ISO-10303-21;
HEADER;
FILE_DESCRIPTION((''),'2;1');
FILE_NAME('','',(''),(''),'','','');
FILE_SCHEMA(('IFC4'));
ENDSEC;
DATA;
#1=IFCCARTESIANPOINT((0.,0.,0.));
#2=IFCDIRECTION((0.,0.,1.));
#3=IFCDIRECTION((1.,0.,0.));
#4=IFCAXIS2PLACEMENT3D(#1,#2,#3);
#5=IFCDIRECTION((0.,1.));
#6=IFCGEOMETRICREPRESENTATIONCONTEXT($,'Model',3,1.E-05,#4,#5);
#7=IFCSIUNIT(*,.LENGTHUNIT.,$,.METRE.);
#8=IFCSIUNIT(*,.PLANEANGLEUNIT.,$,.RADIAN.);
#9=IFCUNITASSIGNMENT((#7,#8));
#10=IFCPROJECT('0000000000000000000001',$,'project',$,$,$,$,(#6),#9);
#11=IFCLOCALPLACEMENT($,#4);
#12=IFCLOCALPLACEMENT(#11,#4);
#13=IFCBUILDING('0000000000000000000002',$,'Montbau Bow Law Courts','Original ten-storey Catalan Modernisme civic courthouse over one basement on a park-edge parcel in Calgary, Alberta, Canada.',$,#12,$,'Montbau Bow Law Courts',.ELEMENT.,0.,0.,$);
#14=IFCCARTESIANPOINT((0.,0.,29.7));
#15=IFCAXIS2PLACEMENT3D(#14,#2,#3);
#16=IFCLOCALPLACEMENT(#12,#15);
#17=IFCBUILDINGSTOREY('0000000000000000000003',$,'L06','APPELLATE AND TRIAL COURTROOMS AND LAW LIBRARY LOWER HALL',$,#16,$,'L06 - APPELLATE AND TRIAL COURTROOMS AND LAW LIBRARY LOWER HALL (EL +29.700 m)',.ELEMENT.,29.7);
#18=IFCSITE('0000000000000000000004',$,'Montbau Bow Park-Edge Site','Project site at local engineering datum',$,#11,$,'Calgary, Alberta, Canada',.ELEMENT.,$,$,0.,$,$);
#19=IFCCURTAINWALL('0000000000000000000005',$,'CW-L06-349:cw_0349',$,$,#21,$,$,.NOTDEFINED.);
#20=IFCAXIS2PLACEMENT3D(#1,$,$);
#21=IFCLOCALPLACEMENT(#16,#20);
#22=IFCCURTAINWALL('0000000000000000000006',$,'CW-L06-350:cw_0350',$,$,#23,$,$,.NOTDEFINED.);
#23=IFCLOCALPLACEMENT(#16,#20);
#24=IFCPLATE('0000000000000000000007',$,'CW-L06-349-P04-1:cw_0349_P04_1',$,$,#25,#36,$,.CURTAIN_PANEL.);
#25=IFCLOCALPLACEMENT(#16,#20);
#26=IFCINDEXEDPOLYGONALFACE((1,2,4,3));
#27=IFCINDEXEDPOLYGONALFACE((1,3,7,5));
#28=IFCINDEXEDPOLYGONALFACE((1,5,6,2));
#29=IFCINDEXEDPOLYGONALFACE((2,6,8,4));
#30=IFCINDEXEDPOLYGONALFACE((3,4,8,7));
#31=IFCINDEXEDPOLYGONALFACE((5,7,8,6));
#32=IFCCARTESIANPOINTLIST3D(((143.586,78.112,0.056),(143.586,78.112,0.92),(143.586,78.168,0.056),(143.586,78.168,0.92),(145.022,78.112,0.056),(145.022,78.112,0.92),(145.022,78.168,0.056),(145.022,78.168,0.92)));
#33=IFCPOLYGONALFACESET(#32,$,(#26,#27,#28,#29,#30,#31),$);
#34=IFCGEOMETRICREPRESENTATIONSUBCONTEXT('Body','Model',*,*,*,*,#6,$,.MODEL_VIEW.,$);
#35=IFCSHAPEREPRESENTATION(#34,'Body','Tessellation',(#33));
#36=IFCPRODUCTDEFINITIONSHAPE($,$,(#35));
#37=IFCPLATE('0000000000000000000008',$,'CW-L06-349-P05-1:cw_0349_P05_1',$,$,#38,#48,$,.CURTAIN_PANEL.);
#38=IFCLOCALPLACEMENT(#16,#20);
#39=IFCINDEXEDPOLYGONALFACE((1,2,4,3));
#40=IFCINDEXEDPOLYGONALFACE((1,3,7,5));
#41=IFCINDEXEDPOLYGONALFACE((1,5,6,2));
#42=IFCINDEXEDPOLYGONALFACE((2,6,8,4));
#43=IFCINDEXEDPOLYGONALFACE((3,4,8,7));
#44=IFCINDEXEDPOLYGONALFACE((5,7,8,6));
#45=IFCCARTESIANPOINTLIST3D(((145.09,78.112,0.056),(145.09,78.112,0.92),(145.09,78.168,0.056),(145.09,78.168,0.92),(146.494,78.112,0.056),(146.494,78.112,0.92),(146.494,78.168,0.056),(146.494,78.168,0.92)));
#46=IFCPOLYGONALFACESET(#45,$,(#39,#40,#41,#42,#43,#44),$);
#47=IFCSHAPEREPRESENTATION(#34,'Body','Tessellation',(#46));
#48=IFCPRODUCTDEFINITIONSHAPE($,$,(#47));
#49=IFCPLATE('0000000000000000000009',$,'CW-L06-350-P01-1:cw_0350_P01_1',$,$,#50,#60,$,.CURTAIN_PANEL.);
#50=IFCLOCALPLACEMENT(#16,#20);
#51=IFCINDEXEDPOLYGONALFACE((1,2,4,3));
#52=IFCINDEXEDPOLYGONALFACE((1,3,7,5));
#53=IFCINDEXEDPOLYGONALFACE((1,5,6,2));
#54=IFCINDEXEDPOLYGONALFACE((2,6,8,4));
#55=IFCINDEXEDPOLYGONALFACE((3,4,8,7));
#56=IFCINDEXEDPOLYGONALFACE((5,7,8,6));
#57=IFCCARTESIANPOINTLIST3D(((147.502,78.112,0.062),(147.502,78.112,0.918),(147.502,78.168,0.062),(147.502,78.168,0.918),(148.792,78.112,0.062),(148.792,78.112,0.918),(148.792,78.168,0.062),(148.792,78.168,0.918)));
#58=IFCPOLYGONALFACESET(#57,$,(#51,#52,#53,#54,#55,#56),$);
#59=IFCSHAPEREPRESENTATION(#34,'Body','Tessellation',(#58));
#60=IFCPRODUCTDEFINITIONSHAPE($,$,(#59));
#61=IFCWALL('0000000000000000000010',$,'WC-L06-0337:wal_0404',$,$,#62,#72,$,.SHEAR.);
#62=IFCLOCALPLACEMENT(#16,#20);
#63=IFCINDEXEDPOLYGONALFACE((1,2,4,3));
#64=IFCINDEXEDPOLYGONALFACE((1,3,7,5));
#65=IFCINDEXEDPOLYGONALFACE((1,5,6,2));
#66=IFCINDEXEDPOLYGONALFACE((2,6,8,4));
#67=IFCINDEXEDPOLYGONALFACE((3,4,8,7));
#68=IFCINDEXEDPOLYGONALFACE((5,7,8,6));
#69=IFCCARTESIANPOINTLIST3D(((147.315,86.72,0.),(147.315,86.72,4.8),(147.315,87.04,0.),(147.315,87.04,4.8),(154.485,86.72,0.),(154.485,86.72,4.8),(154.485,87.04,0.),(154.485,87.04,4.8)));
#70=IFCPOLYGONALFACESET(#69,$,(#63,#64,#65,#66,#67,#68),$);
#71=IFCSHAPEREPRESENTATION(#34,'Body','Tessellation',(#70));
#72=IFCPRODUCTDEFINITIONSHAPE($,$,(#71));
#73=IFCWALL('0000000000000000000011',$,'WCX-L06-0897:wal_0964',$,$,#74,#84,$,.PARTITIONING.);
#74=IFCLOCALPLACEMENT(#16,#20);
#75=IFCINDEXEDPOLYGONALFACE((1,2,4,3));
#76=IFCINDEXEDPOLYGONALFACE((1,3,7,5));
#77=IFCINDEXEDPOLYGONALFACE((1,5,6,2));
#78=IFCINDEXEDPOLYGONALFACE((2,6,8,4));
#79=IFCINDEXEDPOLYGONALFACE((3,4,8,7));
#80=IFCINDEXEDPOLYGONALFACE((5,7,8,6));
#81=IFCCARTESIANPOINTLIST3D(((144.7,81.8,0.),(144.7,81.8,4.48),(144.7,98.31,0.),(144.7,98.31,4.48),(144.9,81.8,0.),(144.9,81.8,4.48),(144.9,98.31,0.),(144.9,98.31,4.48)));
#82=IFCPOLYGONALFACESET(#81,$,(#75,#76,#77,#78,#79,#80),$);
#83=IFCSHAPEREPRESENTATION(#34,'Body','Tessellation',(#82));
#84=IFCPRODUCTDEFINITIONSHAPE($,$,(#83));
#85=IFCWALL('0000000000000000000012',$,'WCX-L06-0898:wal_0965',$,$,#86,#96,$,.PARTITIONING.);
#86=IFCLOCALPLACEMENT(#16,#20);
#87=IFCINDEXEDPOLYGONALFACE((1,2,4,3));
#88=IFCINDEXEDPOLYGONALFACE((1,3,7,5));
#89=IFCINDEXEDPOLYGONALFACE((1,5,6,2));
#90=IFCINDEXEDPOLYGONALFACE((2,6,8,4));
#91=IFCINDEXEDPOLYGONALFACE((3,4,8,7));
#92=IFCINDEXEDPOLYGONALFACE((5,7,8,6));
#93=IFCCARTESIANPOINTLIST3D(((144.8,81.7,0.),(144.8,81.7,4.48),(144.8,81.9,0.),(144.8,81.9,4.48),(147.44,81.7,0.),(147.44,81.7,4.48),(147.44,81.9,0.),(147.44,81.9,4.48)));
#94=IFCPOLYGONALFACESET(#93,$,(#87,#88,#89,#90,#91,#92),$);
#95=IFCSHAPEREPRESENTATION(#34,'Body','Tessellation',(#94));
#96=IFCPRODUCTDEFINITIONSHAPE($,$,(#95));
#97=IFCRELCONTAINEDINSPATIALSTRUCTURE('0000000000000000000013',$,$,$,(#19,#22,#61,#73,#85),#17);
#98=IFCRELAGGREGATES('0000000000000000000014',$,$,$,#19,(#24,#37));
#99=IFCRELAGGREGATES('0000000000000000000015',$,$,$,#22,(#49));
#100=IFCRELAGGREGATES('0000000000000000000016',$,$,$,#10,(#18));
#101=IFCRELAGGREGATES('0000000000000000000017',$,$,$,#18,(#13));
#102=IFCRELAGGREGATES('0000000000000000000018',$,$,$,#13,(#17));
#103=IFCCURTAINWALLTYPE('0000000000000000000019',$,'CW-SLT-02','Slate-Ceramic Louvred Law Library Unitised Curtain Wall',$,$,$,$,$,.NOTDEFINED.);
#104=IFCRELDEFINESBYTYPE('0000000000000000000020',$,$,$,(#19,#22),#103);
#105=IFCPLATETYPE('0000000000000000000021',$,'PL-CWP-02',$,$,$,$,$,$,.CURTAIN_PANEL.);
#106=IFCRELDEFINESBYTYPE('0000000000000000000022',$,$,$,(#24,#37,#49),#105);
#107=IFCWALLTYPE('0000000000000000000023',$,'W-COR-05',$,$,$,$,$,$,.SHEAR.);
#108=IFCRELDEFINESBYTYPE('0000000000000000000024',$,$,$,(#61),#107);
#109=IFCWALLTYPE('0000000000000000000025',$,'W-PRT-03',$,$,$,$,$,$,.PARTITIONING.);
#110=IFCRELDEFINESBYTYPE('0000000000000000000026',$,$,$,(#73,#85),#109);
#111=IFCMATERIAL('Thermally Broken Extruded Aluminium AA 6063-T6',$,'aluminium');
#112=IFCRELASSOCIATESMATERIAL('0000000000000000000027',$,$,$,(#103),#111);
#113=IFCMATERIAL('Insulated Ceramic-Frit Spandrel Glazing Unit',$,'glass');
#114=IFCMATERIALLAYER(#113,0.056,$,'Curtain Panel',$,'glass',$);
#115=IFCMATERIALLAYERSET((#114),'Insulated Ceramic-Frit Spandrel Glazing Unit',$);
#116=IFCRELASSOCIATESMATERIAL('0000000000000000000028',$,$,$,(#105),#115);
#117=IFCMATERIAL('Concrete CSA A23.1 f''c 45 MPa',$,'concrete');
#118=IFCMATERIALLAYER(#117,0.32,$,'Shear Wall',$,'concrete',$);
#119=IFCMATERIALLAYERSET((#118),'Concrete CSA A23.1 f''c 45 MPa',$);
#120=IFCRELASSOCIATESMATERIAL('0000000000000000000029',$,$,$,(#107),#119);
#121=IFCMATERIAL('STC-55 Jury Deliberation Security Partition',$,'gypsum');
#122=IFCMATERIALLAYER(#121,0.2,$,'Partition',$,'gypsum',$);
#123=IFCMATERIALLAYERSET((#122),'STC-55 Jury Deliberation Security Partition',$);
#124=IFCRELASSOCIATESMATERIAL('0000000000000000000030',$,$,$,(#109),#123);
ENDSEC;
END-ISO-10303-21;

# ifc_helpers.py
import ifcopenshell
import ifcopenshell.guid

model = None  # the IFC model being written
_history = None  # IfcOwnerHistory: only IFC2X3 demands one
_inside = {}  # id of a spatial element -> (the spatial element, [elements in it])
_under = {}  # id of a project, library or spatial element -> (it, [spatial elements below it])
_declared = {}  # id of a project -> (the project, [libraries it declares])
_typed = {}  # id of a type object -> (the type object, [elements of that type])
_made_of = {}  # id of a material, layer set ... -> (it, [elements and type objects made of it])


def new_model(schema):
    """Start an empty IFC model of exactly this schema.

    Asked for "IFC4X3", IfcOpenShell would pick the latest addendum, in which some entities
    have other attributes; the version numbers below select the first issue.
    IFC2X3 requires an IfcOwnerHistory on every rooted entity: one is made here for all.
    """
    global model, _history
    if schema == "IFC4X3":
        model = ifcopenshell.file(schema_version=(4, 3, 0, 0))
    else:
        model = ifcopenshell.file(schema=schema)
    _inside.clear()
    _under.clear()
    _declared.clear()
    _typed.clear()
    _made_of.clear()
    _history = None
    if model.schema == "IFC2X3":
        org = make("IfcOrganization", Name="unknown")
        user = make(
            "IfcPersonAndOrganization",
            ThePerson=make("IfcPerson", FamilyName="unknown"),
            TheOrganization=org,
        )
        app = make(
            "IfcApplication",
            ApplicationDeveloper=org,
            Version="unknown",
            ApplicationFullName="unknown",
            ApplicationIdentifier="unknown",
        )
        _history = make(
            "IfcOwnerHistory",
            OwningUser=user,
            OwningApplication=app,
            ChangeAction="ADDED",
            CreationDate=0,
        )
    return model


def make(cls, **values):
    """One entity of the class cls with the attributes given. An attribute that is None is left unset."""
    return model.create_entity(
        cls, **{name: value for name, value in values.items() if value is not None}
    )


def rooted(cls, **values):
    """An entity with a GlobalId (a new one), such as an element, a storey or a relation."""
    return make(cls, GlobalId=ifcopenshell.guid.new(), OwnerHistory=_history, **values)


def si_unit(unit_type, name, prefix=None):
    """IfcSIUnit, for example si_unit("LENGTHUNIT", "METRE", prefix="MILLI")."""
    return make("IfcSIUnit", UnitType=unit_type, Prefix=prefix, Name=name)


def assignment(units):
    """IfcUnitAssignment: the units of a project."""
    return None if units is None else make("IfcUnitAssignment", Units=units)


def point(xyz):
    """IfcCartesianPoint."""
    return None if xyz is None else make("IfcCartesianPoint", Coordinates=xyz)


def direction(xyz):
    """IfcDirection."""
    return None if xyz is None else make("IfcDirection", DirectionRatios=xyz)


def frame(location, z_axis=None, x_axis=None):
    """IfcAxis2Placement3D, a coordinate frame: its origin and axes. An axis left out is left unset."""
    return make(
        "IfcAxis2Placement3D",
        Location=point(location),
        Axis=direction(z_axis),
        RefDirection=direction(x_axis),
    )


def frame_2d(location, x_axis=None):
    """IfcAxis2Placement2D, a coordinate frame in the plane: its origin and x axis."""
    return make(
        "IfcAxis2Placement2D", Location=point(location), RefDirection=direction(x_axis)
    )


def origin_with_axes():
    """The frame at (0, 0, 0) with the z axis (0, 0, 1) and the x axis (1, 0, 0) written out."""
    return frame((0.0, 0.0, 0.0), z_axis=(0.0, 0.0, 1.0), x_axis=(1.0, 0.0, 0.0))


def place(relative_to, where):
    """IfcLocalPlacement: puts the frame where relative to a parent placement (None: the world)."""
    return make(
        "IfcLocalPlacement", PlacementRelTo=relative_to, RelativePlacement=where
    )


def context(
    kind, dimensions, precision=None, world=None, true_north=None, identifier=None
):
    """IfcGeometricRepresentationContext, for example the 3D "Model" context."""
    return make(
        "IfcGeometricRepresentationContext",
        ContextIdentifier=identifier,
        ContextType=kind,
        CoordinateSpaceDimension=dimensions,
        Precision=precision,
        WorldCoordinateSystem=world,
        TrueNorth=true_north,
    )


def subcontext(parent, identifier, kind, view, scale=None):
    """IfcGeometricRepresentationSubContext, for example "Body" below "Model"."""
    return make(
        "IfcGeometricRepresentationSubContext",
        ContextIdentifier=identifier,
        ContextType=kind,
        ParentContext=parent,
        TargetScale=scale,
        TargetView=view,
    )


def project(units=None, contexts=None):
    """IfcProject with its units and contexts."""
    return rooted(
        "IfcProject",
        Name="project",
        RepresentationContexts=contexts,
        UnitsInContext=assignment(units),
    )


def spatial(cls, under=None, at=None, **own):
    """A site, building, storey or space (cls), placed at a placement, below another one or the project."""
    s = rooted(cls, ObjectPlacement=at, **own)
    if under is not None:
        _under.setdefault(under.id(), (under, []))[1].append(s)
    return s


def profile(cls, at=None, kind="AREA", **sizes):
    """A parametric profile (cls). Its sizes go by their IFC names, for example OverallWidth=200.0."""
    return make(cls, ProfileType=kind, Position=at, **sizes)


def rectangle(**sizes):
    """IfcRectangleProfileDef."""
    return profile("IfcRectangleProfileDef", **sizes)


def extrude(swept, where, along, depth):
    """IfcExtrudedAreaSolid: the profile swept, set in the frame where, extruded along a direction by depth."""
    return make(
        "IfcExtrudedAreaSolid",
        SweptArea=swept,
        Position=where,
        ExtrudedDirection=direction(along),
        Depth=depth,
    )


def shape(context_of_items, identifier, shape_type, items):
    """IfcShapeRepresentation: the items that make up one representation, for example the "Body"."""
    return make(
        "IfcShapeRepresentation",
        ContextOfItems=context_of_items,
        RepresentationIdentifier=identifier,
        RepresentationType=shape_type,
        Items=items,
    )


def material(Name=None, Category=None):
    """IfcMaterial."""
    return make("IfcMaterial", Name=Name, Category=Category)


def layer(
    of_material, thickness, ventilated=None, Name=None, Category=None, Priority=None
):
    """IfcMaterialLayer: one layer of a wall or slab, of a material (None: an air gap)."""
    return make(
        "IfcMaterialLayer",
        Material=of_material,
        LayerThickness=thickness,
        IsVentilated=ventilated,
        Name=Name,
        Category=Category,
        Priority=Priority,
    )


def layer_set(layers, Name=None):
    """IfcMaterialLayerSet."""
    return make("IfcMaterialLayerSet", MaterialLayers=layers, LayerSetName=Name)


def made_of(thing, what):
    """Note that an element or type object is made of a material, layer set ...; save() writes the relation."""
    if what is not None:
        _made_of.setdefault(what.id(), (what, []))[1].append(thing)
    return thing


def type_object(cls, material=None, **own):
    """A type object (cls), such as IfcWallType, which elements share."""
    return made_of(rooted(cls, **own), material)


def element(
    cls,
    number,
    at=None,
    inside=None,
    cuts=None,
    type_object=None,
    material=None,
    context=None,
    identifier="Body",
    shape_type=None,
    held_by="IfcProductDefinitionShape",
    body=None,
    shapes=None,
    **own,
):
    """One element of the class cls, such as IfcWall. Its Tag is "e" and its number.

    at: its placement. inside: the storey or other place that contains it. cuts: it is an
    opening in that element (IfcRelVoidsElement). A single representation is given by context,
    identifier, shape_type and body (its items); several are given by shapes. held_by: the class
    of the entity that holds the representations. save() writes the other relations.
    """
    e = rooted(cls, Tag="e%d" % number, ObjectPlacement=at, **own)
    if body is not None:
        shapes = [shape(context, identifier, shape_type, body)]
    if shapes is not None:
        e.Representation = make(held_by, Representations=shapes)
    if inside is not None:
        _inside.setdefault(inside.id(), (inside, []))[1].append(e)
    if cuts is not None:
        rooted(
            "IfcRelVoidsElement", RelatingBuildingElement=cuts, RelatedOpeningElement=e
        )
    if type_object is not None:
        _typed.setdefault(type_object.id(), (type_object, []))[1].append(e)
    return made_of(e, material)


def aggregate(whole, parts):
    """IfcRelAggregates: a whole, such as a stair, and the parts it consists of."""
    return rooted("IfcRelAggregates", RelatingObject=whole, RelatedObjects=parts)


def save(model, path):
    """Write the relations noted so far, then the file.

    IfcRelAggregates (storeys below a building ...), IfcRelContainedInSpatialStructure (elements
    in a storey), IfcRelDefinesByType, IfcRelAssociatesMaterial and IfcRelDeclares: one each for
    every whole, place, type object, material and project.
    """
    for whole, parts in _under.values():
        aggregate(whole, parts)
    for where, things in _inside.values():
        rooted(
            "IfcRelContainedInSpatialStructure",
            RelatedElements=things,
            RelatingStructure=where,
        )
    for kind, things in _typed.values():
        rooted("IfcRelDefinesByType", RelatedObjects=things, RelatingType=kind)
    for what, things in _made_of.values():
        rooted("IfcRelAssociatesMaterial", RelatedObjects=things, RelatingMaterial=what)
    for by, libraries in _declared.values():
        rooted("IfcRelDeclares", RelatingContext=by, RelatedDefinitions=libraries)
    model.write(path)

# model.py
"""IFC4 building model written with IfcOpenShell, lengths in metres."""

from ifc_helpers import new_model, si_unit, direction, frame, frame_2d, origin_with_axes, place, context, subcontext, project, spatial, rectangle, extrude, material, layer, layer_set, type_object, element, aggregate, save


model = new_model("IFC4")

# Units and contexts
model_context = context("Model", 3, precision=1e-05, world=origin_with_axes(), true_north=direction((0.0, 1.0)))
body_context = subcontext(model_context, "Body", "Model", "MODEL_VIEW")
ifc_project = project(units=[si_unit("LENGTHUNIT", "METRE"), si_unit("PLANEANGLEUNIT", "RADIAN")], contexts=[model_context])

# Site, building, storey
site_placement = place(None, origin_with_axes())
site = spatial("IfcSite", under=ifc_project, at=site_placement, Name="Montbau Bow Park-Edge Site", Description="Project site at local engineering datum", LongName="Calgary, Alberta, Canada", CompositionType="ELEMENT", RefElevation=0.0)
building_placement = place(site_placement, origin_with_axes())
building = spatial("IfcBuilding", under=site, at=building_placement, Name="Montbau Bow Law Courts", Description="Original ten-storey Catalan Modernisme civic courthouse over one basement on a park-edge parcel in Calgary, Alberta, Canada.", LongName="Montbau Bow Law Courts", CompositionType="ELEMENT", ElevationOfRefHeight=0.0, ElevationOfTerrain=0.0)
storey_placement = place(building_placement, frame((0.0, 0.0, 29.7), z_axis=(0.0, 0.0, 1.0), x_axis=(1.0, 0.0, 0.0)))
storey = spatial("IfcBuildingStorey", under=building, at=storey_placement, Name="L06", Description="APPELLATE AND TRIAL COURTROOMS AND LAW LIBRARY LOWER HALL", LongName="L06 - APPELLATE AND TRIAL COURTROOMS AND LAW LIBRARY LOWER HALL (EL +29.700 m)", CompositionType="ELEMENT", Elevation=29.7)

# Curtain walls
ifc_material_1 = material(Name="Thermally Broken Extruded Aluminium AA 6063-T6", Category="aluminium")
curtain_wall_type = type_object("IfcCurtainWallType", Name="CW-SLT-02", Description="Slate-Ceramic Louvred Law Library Unitised Curtain Wall", PredefinedType="NOTDEFINED", material=ifc_material_1)
curtain_wall_1_placement = place(None, frame((139.04, 78.14, 29.7), z_axis=(0.0, 0.0, 1.0), x_axis=(1.0, 0.0, 0.0)))
curtain_wall_1 = element("IfcCurtainWall", 1, at=curtain_wall_1_placement, inside=storey, type_object=curtain_wall_type, Name="CW-L06-349:cw_0349", PredefinedType="NOTDEFINED")
curtain_wall_2_placement = place(None, frame((147.44, 78.14, 29.7), z_axis=(0.0, 0.0, 1.0), x_axis=(1.0, 0.0, 0.0)))
curtain_wall_2 = element("IfcCurtainWall", 2, at=curtain_wall_2_placement, inside=storey, type_object=curtain_wall_type, Name="CW-L06-350:cw_0350", PredefinedType="NOTDEFINED")

# Plates
ifc_material_2 = material(Name="Insulated Ceramic-Frit Spandrel Glazing Unit", Category="glass")
ifc_layer_1 = layer(ifc_material_2, 0.056, Name="Curtain Panel", Category="glass")
ifc_layer_set_1 = layer_set([ifc_layer_1], Name="Insulated Ceramic-Frit Spandrel Glazing Unit")
plate_type_1 = type_object("IfcPlateType", Name="PL-CWP-02", PredefinedType="CURTAIN_PANEL", material=ifc_layer_set_1)
plate_1_placement = place(None, frame((143.586, 78.14, 29.756), z_axis=(0.0, -1.0, 0.0), x_axis=(1.0, 0.0, 0.0)))
plate_1 = element("IfcPlate", 3, at=plate_1_placement, type_object=plate_type_1, Name="CW-L06-349-P04-1:cw_0349_P04_1", PredefinedType="CURTAIN_PANEL", context=body_context, shape_type="SweptSolid", body=[
    extrude(rectangle(XDim=1.436, YDim=0.864, at=frame_2d((0.718, 0.432), x_axis=(1.0, 0.0))), frame((0.0, 0.0, -0.028), z_axis=(0.0, 0.0, 1.0), x_axis=(1.0, 0.0, 0.0)), (0.0, 0.0, 1.0), 0.056),
])
plate_2_placement = place(None, frame((145.09, 78.14, 29.756), z_axis=(0.0, -1.0, 0.0), x_axis=(1.0, 0.0, 0.0)))
plate_2 = element("IfcPlate", 4, at=plate_2_placement, type_object=plate_type_1, Name="CW-L06-349-P05-1:cw_0349_P05_1", PredefinedType="CURTAIN_PANEL", context=body_context, shape_type="SweptSolid", body=[
    extrude(rectangle(XDim=1.404, YDim=0.864, at=frame_2d((0.702, 0.432), x_axis=(1.0, 0.0))), frame((0.0, 0.0, -0.028), z_axis=(0.0, 0.0, 1.0), x_axis=(1.0, 0.0, 0.0)), (0.0, 0.0, 1.0), 0.056),
])
aggregate(curtain_wall_1, [plate_1, plate_2])
plate_3_placement = place(None, frame((147.502, 78.14, 29.762), z_axis=(0.0, -1.0, 0.0), x_axis=(1.0, 0.0, 0.0)))
plate_3 = element("IfcPlate", 5, at=plate_3_placement, type_object=plate_type_1, Name="CW-L06-350-P01-1:cw_0350_P01_1", PredefinedType="CURTAIN_PANEL", context=body_context, shape_type="SweptSolid", body=[
    extrude(rectangle(XDim=1.29, YDim=0.856, at=frame_2d((0.645, 0.428), x_axis=(1.0, 0.0))), frame((0.0, 0.0, -0.028), z_axis=(0.0, 0.0, 1.0), x_axis=(1.0, 0.0, 0.0)), (0.0, 0.0, 1.0), 0.056),
])
aggregate(curtain_wall_2, [plate_3])

# Walls
ifc_material_3 = material(Name="Concrete CSA A23.1 f'c 45 MPa", Category="concrete")
ifc_layer_2 = layer(ifc_material_3, 0.32, Name="Shear Wall", Category="concrete")
ifc_layer_set_2 = layer_set([ifc_layer_2], Name="Concrete CSA A23.1 f'c 45 MPa")
wall_type_1 = type_object("IfcWallType", Name="W-COR-05", PredefinedType="SHEAR", material=ifc_layer_set_2)
wall_1_placement = place(None, frame((147.315, 86.88, 29.7), z_axis=(0.0, 0.0, 1.0), x_axis=(1.0, 0.0, 0.0)))
element("IfcWall", 6, at=wall_1_placement, inside=storey, type_object=wall_type_1, Name="WC-L06-0337:wal_0404", PredefinedType="SHEAR", context=body_context, shape_type="SweptSolid", body=[
    extrude(rectangle(XDim=7.17, YDim=0.32, at=frame_2d((3.585, 0.0), x_axis=(1.0, 0.0))), origin_with_axes(), (0.0, 0.0, 1.0), 4.8),
])
ifc_material_4 = material(Name="STC-55 Jury Deliberation Security Partition", Category="gypsum")
ifc_layer_3 = layer(ifc_material_4, 0.2, Name="Partition", Category="gypsum")
ifc_layer_set_3 = layer_set([ifc_layer_3], Name="STC-55 Jury Deliberation Security Partition")
wall_type_2 = type_object("IfcWallType", Name="W-PRT-03", PredefinedType="PARTITIONING", material=ifc_layer_set_3)
wall_2_placement = place(None, frame((144.8, 81.8, 29.7), z_axis=(0.0, 0.0, 1.0), x_axis=(0.0, 1.0, 0.0)))
element("IfcWall", 7, at=wall_2_placement, inside=storey, type_object=wall_type_2, Name="WCX-L06-0897:wal_0964", PredefinedType="PARTITIONING", context=body_context, shape_type="SweptSolid", body=[
    extrude(rectangle(XDim=16.51, YDim=0.2, at=frame_2d((8.255, 0.0), x_axis=(1.0, 0.0))), origin_with_axes(), (0.0, 0.0, 1.0), 4.48),
])
wall_3_placement = place(None, frame((144.8, 81.8, 29.7), z_axis=(0.0, 0.0, 1.0), x_axis=(1.0, 0.0, 0.0)))
element("IfcWall", 8, at=wall_3_placement, inside=storey, type_object=wall_type_2, Name="WCX-L06-0898:wal_0965", PredefinedType="PARTITIONING", context=body_context, shape_type="SweptSolid", body=[
    extrude(rectangle(XDim=2.64, YDim=0.2, at=frame_2d((1.32, 0.0), x_axis=(1.0, 0.0))), origin_with_axes(), (0.0, 0.0, 1.0), 4.48),
])

save(model, "model.ifc")
